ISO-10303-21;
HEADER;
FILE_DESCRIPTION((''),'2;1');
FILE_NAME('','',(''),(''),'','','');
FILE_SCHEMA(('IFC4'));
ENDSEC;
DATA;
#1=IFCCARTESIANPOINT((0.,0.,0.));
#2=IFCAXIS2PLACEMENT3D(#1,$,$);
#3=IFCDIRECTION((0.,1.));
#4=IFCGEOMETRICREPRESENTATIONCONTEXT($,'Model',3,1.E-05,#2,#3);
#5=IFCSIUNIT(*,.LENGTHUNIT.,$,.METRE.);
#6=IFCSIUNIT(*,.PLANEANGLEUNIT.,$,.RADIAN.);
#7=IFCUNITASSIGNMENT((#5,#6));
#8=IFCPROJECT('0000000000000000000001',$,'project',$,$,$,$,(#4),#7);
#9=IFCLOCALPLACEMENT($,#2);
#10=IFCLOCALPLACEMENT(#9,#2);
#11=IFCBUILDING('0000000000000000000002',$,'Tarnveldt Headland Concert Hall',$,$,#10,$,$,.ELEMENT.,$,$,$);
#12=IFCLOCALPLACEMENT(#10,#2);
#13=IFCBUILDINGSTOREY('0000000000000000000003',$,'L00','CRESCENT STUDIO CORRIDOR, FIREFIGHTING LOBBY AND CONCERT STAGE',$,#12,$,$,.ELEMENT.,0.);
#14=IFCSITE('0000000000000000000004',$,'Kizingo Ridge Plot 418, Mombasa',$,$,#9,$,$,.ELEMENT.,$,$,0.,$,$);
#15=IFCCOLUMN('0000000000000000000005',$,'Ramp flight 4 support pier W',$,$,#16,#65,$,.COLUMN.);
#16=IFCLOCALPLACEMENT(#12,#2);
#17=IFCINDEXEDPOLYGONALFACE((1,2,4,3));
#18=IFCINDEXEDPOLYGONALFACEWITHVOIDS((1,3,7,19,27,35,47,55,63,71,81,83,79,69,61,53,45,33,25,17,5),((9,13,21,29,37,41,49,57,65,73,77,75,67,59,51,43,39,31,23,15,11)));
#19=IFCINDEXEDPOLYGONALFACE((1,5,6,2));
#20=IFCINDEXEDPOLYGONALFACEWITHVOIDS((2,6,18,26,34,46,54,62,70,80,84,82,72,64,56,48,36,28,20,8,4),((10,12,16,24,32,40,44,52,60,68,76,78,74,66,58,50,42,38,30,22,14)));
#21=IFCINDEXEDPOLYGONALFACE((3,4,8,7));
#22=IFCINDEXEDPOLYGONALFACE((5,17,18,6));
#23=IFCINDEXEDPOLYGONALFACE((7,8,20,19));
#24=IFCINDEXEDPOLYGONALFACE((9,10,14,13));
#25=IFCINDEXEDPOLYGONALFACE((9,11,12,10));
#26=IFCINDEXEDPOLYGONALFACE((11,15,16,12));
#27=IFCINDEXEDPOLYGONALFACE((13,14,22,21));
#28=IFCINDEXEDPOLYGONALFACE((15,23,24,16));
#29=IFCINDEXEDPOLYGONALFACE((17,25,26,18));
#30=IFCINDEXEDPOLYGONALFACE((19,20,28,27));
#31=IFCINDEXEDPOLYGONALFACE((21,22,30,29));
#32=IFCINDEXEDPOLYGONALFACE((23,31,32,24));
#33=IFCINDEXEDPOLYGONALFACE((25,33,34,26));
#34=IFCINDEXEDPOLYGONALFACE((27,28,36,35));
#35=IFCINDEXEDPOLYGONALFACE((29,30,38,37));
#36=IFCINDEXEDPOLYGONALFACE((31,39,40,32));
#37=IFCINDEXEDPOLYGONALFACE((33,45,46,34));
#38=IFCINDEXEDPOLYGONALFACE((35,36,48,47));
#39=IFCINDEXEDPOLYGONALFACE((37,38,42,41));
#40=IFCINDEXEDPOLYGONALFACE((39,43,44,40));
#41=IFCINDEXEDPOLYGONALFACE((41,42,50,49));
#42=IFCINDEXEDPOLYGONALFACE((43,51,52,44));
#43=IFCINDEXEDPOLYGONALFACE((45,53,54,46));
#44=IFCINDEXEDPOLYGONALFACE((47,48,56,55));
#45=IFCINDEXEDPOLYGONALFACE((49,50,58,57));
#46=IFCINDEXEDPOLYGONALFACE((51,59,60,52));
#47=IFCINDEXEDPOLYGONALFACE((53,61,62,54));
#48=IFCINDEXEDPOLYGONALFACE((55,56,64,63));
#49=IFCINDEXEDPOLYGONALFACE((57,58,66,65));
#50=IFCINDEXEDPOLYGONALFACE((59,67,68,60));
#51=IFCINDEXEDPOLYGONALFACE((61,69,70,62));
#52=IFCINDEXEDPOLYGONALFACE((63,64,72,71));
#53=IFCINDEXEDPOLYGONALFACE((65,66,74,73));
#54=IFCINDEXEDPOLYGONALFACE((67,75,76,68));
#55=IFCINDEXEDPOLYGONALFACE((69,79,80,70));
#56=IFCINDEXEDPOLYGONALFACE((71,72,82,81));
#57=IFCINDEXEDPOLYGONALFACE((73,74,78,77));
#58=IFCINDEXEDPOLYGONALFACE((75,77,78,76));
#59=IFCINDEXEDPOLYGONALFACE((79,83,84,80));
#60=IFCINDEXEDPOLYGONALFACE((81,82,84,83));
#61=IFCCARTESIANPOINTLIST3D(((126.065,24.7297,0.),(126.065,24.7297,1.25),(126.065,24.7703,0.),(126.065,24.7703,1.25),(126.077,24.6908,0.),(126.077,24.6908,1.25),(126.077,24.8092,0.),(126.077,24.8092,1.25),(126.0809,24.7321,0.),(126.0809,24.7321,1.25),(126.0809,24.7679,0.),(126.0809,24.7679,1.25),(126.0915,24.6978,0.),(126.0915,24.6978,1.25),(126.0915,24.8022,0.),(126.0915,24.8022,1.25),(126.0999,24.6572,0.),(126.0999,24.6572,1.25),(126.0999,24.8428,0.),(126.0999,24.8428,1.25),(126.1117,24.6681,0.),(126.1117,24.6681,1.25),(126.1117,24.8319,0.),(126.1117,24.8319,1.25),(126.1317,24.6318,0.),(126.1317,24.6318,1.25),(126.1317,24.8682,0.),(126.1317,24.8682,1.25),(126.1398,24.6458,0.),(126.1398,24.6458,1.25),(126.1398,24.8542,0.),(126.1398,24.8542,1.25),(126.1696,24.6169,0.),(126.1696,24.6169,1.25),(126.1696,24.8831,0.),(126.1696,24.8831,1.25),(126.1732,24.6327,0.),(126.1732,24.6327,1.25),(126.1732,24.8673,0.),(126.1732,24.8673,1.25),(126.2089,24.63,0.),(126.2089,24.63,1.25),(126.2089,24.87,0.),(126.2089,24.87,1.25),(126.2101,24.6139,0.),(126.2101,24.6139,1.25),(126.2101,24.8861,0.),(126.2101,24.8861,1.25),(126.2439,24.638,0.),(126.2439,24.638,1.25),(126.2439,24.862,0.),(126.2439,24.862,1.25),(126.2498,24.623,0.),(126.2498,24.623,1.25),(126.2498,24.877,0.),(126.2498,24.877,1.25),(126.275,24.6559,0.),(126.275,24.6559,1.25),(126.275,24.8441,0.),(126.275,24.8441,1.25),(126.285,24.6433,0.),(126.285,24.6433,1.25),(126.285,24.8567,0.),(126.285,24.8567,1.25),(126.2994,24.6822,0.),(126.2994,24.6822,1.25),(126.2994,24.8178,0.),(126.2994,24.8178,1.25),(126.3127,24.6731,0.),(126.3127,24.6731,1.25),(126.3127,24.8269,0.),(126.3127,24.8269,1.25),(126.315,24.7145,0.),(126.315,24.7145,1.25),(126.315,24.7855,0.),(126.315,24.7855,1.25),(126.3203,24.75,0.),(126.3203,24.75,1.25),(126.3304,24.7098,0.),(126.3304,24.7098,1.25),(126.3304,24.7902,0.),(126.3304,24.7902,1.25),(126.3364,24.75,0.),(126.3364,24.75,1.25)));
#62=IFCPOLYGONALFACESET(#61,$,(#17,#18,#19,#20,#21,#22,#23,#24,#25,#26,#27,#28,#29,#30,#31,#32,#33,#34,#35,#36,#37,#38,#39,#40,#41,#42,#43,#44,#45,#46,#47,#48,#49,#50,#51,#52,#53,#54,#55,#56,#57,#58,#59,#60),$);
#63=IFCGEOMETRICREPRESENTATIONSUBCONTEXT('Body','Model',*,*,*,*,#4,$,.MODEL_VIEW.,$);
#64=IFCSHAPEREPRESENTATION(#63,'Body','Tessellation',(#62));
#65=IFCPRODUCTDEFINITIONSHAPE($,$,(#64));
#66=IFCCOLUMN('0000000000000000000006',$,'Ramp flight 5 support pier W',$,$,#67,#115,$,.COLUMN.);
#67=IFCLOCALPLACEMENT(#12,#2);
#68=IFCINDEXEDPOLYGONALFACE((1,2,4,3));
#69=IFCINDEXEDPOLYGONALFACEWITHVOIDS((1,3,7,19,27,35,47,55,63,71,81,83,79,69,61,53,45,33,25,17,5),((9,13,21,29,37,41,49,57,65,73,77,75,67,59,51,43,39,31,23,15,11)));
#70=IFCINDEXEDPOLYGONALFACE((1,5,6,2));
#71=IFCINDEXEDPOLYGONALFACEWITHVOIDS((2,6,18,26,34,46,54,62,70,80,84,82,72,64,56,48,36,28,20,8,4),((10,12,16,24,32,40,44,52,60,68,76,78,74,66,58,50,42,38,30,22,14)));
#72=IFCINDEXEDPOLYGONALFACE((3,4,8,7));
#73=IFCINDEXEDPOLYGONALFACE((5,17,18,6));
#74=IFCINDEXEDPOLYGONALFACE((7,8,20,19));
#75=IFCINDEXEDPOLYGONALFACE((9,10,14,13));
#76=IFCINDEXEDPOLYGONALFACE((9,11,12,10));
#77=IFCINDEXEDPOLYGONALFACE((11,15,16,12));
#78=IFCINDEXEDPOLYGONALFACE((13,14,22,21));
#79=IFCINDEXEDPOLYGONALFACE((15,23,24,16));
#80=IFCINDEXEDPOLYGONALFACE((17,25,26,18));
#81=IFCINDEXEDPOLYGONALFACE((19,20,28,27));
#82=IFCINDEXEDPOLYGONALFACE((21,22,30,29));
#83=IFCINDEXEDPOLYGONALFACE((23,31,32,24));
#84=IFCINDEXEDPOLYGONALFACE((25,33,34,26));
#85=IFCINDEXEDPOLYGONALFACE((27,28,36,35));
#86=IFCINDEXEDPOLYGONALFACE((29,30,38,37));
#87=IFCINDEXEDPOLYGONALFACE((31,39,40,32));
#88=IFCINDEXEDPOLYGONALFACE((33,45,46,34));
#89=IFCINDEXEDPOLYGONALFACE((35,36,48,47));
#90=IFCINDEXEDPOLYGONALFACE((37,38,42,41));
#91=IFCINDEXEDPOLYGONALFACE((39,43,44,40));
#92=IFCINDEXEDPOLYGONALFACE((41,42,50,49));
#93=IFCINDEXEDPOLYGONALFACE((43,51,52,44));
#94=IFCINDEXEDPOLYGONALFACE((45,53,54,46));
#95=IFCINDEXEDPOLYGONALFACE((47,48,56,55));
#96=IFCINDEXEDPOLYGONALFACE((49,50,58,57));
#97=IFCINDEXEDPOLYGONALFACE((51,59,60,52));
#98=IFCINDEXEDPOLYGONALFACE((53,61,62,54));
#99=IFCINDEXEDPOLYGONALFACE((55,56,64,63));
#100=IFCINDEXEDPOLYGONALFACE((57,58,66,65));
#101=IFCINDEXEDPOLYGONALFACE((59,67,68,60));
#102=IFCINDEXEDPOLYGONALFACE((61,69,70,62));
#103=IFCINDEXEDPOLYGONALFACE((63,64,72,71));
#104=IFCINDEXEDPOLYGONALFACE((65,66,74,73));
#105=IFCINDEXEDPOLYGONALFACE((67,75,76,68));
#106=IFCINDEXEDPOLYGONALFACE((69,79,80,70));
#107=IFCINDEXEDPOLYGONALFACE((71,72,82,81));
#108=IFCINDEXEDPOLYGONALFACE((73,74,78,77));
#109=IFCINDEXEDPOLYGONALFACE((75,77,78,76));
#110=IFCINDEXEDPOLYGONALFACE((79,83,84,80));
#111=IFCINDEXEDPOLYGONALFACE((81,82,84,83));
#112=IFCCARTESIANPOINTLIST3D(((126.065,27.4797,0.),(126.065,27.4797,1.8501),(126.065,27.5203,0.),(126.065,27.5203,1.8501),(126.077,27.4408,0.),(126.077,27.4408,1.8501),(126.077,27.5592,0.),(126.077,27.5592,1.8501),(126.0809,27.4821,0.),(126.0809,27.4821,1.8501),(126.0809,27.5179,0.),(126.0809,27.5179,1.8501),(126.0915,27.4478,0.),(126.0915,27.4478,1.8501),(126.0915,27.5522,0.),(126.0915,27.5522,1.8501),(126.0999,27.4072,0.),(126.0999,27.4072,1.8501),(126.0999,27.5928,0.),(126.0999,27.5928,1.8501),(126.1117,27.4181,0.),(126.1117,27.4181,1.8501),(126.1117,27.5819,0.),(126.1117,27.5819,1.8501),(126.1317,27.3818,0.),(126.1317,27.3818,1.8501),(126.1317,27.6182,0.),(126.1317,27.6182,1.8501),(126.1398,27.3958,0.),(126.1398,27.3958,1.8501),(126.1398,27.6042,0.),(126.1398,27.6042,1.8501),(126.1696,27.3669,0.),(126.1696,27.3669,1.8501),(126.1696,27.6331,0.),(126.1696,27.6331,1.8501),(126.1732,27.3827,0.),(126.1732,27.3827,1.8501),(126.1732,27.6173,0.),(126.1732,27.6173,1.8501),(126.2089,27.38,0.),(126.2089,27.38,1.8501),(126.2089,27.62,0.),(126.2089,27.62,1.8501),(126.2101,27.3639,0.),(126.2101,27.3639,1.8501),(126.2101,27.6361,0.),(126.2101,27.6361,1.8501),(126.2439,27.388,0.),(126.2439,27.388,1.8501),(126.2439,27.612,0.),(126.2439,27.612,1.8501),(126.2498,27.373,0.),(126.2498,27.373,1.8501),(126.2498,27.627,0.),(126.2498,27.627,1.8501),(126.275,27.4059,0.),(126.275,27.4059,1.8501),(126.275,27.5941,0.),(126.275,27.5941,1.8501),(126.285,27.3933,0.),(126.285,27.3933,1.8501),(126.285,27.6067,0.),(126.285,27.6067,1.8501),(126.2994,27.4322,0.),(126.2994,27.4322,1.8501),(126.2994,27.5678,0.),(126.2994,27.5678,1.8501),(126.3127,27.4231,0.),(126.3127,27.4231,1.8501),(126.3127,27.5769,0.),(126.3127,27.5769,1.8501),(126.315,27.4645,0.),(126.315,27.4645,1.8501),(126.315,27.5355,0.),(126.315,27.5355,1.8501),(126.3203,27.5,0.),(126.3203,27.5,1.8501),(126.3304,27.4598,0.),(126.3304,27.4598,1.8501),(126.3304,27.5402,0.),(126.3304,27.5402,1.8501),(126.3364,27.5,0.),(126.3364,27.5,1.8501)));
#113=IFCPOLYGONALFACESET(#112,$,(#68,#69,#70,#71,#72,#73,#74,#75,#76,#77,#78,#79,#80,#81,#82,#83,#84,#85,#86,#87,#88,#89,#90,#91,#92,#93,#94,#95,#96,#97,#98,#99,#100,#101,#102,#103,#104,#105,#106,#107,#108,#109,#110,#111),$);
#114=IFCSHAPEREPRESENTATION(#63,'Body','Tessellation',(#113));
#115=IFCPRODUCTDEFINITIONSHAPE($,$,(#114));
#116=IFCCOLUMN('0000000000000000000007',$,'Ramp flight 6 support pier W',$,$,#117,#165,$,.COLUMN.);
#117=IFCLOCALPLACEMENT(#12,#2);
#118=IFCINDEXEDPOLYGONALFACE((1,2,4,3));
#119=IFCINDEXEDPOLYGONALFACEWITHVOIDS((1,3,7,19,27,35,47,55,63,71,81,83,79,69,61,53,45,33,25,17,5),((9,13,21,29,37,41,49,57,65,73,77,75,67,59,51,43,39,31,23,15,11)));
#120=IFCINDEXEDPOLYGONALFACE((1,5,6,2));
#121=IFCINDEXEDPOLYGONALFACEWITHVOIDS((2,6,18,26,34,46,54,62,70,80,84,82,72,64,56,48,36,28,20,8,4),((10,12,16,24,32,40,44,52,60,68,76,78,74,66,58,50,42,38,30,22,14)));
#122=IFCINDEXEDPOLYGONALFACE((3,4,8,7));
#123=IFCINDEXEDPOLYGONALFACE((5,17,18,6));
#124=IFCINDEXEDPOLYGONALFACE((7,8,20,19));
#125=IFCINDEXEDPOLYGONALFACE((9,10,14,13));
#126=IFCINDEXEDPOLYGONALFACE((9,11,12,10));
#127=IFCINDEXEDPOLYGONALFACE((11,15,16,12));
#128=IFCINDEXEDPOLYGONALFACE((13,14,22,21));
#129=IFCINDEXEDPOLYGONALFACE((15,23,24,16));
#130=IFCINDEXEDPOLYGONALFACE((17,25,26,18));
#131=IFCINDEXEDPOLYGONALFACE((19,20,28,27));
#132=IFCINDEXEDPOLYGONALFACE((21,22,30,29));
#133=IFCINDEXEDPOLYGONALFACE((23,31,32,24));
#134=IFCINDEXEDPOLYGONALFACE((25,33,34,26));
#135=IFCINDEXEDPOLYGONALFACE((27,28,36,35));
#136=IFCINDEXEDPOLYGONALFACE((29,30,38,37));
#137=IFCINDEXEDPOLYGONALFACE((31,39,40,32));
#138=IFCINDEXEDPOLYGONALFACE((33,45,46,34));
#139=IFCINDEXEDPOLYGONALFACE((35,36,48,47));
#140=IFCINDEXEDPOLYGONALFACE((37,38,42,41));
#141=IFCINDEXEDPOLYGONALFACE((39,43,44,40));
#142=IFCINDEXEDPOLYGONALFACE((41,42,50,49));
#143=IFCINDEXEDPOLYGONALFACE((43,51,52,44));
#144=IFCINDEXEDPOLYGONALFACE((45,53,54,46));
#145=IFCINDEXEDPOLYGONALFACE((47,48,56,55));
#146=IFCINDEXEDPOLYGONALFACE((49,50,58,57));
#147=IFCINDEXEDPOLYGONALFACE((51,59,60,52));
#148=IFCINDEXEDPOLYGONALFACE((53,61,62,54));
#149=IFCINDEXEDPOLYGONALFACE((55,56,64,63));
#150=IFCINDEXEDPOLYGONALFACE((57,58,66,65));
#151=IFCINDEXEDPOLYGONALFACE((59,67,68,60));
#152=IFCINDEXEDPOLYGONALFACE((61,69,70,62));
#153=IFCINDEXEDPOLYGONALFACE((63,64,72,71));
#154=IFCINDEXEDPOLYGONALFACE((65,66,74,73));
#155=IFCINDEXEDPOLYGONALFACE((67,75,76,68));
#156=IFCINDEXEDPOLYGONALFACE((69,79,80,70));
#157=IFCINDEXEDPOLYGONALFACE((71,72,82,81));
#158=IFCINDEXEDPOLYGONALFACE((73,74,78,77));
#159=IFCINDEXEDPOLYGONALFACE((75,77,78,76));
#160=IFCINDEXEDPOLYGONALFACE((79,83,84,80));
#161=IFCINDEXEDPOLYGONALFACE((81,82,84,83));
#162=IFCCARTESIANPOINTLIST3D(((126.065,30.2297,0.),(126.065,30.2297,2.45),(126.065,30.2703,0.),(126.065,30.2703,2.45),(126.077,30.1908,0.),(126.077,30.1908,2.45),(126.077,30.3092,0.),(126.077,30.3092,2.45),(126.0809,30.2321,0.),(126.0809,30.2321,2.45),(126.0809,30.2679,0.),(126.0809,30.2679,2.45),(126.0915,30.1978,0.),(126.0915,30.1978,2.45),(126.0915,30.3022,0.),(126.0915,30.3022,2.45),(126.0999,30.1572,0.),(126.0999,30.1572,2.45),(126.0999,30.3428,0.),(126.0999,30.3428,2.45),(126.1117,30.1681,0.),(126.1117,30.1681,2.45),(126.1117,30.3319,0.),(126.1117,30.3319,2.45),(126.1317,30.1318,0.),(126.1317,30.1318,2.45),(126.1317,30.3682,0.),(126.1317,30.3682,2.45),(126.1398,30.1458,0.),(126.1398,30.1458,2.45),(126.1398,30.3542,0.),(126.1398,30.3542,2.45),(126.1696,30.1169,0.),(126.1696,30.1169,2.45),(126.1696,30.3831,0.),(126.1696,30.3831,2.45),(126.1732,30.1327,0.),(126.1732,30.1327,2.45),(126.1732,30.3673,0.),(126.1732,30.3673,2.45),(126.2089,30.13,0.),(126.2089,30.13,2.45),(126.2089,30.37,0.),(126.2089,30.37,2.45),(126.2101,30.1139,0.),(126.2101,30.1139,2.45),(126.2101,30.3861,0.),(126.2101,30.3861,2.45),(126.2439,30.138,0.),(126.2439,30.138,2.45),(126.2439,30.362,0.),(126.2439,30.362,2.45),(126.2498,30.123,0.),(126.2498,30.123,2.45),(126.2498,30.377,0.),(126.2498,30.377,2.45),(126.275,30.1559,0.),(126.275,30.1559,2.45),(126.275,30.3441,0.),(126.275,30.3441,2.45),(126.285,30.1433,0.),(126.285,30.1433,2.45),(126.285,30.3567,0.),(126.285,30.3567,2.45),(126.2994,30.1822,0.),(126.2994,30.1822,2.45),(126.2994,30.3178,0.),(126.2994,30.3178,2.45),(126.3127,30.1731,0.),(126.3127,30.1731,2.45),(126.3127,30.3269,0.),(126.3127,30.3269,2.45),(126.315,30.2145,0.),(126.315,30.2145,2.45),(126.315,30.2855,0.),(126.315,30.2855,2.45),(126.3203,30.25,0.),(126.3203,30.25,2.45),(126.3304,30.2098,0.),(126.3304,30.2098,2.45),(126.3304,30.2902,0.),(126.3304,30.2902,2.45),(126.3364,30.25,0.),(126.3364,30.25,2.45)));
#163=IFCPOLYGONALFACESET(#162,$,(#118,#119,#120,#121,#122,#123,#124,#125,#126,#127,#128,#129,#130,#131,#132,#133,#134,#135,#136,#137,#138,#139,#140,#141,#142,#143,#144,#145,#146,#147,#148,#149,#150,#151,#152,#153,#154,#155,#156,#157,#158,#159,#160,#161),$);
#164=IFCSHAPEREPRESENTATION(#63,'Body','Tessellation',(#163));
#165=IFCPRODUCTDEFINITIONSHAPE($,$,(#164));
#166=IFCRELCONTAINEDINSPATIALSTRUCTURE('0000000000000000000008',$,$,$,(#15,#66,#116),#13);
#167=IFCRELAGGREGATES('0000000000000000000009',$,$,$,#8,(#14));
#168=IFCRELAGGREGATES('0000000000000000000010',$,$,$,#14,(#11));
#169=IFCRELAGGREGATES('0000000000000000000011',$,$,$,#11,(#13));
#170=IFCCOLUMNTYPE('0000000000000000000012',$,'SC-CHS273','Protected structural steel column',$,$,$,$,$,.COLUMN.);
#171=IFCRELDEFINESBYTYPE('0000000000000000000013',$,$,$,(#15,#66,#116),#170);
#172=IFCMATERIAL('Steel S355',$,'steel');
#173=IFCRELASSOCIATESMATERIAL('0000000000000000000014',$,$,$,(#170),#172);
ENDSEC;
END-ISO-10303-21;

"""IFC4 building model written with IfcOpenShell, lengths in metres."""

from ifc_helpers import new_model, si_unit, direction, frame, origin, origin_2d, place, context, subcontext, project, spatial, hollow_circle, extrude, material, material_profile, profile_set, type_object, element, save


model = new_model("IFC4")

# Units and contexts
model_context = context("Model", 3, precision=1e-05, world=origin(), true_north=direction((0.0, 1.0)))
body_context = subcontext(model_context, "Body", "Model", "MODEL_VIEW")
ifc_project = project(units=[si_unit("LENGTHUNIT", "METRE"), si_unit("PLANEANGLEUNIT", "RADIAN")], contexts=[model_context])

# Site, building, storey
site_placement = place(None, origin())
site = spatial("IfcSite", under=ifc_project, at=site_placement, Name="Kizingo Ridge Plot 418, Mombasa", CompositionType="ELEMENT", RefElevation=0.0)
building_placement = place(site_placement, origin())
building = spatial("IfcBuilding", under=site, at=building_placement, Name="Tarnveldt Headland Concert Hall", CompositionType="ELEMENT")
storey_placement = place(building_placement, origin())
storey = spatial("IfcBuildingStorey", under=building, at=storey_placement, Name="L00", Description="CRESCENT STUDIO CORRIDOR, FIREFIGHTING LOBBY AND CONCERT STAGE", CompositionType="ELEMENT", Elevation=0.0)

# Columns
ifc_material_1 = material(Name="Steel S355", Category="steel")
ifc_material_profile_1 = material_profile(ifc_material_1, hollow_circle(Radius=0.1365, WallThickness=0.0161, at=origin_2d()), Name="CHS 273x16", Category="steel")
ifc_profile_set_1 = profile_set([ifc_material_profile_1], Name="Steel S355")
column_type = type_object("IfcColumnType", Name="SC-CHS273", Description="Protected structural steel column", PredefinedType="COLUMN", material=ifc_profile_set_1)
column_1_placement = place(storey_placement, frame((126.2, 24.75, 0.0), z_axis=(0.0, 0.0, 1.0), x_axis=(1.0, 0.0, 0.0)))
element("IfcColumn", 1, at=column_1_placement, inside=storey, type_object=column_type, Name="Ramp flight 4 support pier W", PredefinedType="COLUMN", context=body_context, shape_type="SweptSolid", body=[
    extrude(hollow_circle(Radius=0.1365, WallThickness=0.0161, at=origin_2d()), origin(), (0.0, 0.0, 1.0), 1.25),
])
column_2_placement = place(storey_placement, frame((126.2, 27.5, 0.0), z_axis=(0.0, 0.0, 1.0), x_axis=(1.0, 0.0, 0.0)))
element("IfcColumn", 2, at=column_2_placement, inside=storey, type_object=column_type, Name="Ramp flight 5 support pier W", PredefinedType="COLUMN", context=body_context, shape_type="SweptSolid", body=[
    extrude(hollow_circle(Radius=0.1365, WallThickness=0.0161, at=origin_2d()), origin(), (0.0, 0.0, 1.0), 1.8501),
])
column_3_placement = place(storey_placement, frame((126.2, 30.25, 0.0), z_axis=(0.0, 0.0, 1.0), x_axis=(1.0, 0.0, 0.0)))
element("IfcColumn", 3, at=column_3_placement, inside=storey, type_object=column_type, Name="Ramp flight 6 support pier W", PredefinedType="COLUMN", context=body_context, shape_type="SweptSolid", body=[
    extrude(hollow_circle(Radius=0.1365, WallThickness=0.0161, at=origin_2d()), origin(), (0.0, 0.0, 1.0), 2.45),
])

save(model, "model.ifc")
